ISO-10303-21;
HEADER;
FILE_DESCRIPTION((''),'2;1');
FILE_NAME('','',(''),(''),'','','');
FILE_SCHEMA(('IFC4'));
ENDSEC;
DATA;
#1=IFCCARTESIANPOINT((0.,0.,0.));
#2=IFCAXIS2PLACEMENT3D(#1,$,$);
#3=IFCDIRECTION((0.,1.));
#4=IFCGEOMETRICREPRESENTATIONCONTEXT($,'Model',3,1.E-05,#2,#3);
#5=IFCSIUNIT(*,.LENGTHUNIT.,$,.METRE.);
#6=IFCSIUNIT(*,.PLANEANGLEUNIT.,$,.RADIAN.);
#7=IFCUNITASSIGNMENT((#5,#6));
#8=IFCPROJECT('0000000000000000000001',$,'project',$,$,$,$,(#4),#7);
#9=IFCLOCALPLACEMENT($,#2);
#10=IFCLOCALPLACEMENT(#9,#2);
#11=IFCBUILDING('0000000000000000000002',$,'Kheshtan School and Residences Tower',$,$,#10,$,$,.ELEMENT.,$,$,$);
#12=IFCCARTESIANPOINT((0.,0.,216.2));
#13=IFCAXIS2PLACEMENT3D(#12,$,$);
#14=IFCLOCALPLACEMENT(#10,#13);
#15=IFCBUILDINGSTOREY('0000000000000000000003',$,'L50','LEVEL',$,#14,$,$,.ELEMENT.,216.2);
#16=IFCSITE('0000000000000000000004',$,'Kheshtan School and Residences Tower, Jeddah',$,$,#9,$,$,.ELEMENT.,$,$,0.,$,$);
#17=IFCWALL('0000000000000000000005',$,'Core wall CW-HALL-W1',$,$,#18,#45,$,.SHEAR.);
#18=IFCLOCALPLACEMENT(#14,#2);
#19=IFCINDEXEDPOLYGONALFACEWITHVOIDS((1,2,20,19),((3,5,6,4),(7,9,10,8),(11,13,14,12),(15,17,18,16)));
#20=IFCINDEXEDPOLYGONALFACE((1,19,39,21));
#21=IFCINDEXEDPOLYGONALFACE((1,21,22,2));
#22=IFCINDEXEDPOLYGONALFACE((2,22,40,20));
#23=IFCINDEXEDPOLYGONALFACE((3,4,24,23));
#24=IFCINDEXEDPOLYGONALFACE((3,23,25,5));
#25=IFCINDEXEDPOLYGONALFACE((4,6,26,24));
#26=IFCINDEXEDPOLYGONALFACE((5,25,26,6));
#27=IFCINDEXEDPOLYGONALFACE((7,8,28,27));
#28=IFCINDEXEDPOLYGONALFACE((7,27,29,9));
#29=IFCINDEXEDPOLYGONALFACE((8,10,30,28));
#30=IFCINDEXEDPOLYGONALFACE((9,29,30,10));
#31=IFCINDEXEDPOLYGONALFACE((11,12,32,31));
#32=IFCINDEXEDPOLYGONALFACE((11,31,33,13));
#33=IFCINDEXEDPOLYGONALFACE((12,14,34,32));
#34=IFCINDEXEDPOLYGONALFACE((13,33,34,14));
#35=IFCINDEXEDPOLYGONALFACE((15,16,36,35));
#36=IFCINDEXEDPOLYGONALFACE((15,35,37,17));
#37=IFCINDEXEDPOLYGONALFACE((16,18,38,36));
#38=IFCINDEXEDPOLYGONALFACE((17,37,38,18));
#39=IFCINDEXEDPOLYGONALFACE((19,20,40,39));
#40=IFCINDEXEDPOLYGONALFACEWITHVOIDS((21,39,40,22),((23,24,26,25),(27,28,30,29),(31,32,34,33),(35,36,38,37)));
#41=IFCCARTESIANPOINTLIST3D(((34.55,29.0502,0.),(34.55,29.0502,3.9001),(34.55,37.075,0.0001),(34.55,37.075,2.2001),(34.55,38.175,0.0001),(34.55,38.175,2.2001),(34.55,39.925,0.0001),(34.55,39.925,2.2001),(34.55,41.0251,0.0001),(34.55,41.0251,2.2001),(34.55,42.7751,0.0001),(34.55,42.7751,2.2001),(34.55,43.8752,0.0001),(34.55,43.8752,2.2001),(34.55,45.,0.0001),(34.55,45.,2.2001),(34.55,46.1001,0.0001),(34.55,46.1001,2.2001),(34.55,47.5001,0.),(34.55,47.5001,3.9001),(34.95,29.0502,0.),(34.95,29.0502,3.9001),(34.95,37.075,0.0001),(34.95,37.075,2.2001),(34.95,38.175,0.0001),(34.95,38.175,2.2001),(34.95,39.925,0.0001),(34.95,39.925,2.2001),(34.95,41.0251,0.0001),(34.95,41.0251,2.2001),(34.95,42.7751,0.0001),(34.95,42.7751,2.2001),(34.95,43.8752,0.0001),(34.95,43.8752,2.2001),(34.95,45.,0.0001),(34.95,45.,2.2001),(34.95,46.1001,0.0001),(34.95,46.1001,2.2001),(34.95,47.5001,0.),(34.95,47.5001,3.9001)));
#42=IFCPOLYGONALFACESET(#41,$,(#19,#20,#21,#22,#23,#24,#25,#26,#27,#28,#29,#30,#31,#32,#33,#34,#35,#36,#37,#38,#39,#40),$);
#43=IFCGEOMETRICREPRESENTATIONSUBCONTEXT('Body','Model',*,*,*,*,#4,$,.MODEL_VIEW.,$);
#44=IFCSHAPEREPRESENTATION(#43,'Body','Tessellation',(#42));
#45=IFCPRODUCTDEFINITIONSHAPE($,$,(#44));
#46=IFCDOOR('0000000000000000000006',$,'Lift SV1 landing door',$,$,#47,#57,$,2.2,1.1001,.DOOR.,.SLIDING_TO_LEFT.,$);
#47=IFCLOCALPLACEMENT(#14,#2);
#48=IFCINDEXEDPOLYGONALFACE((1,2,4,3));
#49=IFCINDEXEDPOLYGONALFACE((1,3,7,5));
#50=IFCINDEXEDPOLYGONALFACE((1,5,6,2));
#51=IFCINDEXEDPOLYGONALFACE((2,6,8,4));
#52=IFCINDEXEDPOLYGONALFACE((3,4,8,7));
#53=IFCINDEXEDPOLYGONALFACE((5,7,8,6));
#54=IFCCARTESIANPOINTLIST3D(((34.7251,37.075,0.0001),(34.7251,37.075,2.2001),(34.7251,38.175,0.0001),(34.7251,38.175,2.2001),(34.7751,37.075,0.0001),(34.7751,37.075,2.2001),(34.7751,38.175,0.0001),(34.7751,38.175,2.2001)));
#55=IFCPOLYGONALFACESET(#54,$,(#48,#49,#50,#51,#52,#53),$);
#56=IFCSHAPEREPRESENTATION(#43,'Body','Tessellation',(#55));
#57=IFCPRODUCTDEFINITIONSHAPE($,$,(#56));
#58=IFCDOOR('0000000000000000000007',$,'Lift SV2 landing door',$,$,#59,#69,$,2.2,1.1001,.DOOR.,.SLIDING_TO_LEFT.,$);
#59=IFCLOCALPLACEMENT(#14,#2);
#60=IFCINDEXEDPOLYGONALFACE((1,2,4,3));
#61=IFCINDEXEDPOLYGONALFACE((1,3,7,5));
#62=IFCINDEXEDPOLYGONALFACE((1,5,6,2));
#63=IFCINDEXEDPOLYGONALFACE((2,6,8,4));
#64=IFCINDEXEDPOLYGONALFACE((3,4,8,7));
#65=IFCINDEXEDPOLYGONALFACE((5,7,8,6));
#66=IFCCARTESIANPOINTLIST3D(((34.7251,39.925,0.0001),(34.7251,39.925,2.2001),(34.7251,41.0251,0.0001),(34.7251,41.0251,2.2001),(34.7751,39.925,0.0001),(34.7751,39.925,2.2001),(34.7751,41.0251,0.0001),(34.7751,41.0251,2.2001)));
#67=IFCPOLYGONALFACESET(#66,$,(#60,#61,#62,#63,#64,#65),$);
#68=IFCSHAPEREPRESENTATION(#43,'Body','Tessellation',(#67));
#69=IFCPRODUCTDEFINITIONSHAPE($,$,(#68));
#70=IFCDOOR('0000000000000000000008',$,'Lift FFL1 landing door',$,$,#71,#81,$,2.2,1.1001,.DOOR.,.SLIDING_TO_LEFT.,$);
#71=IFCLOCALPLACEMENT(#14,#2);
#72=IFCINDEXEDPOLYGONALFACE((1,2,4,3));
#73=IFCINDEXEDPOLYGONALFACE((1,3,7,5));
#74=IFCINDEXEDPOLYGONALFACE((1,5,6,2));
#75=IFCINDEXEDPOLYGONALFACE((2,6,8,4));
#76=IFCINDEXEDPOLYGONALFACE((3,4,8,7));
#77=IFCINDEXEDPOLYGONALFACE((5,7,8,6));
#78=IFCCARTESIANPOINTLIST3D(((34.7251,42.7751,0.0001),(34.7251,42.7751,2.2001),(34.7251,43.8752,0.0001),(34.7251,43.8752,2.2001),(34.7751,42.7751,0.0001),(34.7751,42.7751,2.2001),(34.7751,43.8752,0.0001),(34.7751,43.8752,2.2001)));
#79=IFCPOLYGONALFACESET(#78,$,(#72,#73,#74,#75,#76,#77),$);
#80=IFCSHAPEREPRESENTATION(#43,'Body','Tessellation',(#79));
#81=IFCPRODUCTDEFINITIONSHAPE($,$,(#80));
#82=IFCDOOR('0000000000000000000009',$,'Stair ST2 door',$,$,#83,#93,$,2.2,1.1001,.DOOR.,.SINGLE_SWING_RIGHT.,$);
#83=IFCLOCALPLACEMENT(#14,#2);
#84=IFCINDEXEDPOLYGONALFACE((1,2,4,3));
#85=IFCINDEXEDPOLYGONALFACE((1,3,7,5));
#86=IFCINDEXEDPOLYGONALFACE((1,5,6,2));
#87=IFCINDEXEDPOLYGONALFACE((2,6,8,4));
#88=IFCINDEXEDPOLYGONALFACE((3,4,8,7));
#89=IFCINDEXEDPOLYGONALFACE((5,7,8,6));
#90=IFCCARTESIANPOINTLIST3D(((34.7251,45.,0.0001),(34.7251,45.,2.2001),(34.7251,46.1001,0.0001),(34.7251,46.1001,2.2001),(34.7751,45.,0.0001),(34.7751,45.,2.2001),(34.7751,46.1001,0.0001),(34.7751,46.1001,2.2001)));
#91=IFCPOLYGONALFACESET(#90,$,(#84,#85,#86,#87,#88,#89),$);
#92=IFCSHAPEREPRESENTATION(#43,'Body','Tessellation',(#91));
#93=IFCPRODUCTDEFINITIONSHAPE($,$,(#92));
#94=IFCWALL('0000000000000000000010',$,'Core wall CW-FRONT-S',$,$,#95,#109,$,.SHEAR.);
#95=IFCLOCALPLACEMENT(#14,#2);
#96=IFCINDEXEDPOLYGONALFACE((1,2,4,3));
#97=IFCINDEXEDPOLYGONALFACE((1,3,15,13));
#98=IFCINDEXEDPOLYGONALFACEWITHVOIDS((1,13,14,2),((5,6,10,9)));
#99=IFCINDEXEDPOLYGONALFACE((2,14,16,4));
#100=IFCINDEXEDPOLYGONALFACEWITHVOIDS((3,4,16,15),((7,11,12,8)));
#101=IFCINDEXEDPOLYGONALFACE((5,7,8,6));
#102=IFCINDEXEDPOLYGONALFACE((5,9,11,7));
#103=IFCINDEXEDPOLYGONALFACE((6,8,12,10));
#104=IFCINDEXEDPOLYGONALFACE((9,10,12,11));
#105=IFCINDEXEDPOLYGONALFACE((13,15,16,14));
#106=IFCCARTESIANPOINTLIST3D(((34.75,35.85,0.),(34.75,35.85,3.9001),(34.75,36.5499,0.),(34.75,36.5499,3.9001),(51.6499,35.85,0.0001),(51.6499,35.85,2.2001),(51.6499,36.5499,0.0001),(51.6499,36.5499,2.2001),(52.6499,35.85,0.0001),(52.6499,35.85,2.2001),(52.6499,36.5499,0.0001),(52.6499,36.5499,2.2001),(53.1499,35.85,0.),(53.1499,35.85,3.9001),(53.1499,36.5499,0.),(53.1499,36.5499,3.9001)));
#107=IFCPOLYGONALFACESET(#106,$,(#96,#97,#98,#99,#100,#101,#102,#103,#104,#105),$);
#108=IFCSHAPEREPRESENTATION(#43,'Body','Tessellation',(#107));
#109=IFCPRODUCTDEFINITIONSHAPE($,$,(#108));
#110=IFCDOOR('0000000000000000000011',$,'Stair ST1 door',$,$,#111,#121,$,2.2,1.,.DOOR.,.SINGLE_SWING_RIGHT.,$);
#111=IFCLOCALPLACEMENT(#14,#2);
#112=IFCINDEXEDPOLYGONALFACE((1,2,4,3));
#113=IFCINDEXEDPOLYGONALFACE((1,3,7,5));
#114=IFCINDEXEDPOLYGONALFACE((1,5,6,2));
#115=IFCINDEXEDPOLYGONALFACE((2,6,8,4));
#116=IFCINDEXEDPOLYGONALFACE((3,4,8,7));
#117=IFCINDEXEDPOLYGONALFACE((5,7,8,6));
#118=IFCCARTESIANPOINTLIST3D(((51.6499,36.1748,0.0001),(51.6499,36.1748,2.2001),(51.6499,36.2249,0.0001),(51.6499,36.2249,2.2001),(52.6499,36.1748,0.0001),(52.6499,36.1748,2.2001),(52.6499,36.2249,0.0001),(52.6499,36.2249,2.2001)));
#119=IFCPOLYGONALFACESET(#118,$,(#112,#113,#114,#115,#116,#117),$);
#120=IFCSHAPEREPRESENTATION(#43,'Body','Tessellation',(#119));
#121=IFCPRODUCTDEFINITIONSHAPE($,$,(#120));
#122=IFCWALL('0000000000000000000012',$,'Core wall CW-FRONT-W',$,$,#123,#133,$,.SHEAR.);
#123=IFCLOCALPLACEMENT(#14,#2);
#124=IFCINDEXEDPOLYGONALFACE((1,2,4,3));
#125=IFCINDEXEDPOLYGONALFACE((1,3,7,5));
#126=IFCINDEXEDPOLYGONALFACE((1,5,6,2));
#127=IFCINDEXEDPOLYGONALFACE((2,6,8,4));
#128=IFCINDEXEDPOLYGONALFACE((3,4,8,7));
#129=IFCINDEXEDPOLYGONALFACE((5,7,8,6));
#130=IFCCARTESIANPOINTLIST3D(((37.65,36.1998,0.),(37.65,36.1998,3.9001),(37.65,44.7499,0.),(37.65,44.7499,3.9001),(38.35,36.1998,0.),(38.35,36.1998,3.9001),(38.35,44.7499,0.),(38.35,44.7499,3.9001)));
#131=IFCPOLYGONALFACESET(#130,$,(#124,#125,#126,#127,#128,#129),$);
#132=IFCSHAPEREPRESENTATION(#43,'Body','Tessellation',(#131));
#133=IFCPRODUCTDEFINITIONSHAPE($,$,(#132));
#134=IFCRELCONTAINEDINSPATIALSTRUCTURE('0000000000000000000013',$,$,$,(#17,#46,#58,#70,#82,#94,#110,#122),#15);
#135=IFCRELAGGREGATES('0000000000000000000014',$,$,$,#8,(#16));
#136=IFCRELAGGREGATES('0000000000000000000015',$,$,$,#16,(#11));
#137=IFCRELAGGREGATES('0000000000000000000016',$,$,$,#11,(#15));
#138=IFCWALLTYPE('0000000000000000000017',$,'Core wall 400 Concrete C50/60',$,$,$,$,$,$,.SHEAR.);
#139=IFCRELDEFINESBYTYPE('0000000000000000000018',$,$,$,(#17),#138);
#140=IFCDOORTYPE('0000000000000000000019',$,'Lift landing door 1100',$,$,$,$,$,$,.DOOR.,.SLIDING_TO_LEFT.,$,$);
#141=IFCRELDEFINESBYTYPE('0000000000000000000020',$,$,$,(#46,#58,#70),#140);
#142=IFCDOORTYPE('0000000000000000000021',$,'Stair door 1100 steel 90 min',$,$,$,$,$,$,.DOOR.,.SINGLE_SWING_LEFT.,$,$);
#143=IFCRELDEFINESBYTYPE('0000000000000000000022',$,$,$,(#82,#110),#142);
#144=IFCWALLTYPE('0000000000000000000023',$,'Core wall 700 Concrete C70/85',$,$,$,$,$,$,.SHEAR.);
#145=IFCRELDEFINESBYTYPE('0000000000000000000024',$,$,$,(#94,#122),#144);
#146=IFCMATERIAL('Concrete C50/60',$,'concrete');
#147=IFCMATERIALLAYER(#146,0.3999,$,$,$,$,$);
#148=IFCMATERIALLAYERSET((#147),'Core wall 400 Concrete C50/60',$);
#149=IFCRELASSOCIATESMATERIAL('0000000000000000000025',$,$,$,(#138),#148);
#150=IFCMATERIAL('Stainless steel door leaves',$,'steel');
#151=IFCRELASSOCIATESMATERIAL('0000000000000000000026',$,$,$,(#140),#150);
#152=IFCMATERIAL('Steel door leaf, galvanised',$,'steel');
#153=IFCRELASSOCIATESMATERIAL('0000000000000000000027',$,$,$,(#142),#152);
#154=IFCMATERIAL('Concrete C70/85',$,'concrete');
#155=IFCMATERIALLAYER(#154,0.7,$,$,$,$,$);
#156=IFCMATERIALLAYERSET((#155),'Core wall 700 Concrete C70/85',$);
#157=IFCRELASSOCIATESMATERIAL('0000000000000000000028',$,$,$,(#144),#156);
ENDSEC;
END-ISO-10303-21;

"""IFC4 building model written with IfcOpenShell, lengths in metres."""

from ifc_helpers import new_model, si_unit, direction, frame, frame_2d, origin, place, context, subcontext, project, spatial, rectangle, extrude, source, transform, mapped, material, layer, layer_set, type_object, element, fill, save


model = new_model("IFC4")

# Units and contexts
model_context = context("Model", 3, precision=1e-05, world=origin(), true_north=direction((0.0, 1.0)))
body_context = subcontext(model_context, "Body", "Model", "MODEL_VIEW")
ifc_project = project(units=[si_unit("LENGTHUNIT", "METRE"), si_unit("PLANEANGLEUNIT", "RADIAN")], contexts=[model_context])

# Site, building, storey
site_placement = place(None, origin())
site = spatial("IfcSite", under=ifc_project, at=site_placement, Name="Kheshtan School and Residences Tower, Jeddah", CompositionType="ELEMENT", RefElevation=0.0)
building_placement = place(site_placement, origin())
building = spatial("IfcBuilding", under=site, at=building_placement, Name="Kheshtan School and Residences Tower", CompositionType="ELEMENT")
storey_placement = place(building_placement, frame((0.0, 0.0, 216.2)))
storey = spatial("IfcBuildingStorey", under=building, at=storey_placement, Name="L50", Description="LEVEL", CompositionType="ELEMENT", Elevation=216.2)

# Shared definitions
ifc_material_1 = material(Name="Concrete C50/60", Category="concrete")
ifc_layer_1 = layer(ifc_material_1, 0.3999)
ifc_layer_set_1 = layer_set([ifc_layer_1], Name="Core wall 400 Concrete C50/60")
wall_type_1 = type_object("IfcWallType", Name="Core wall 400 Concrete C50/60", PredefinedType="SHEAR", material=ifc_layer_set_1)
ifc_material_2 = material(Name="Stainless steel door leaves", Category="steel")
door_type_1 = type_object("IfcDoorType", Name="Lift landing door 1100", OperationType="SLIDING_TO_LEFT", PredefinedType="DOOR", material=ifc_material_2)
shared_shape_1 = source(origin(), body_context, "Body", "SweptSolid", [
    extrude(rectangle(XDim=1.1001, YDim=2.2, at=frame_2d((0.55, 1.1001))), frame((0.0, 0.0249, 0.0), z_axis=(0.0, -1.0, 0.0), x_axis=(1.0, 0.0, 0.0)), (0.0, 0.0, 1.0), 0.05),
])

# Wall, openings, doors
wall_1_placement = place(storey_placement, frame((34.75, 29.05, 0.0), z_axis=(0.0, 0.0, 1.0), x_axis=(0.0, 1.0, 0.0)))
wall_1 = element("IfcWall", 1, at=wall_1_placement, inside=storey, type_object=wall_type_1, Name="Core wall CW-HALL-W1", PredefinedType="SHEAR", context=body_context, shape_type="SweptSolid", body=[
    extrude(rectangle(XDim=18.45, YDim=0.3999, at=frame_2d((9.2251, 0.0))), origin(), (0.0, 0.0, 1.0), 3.9001),
])
opening_1_placement = place(wall_1_placement, frame((8.0249, 0.0, 0.0)))
opening_1 = element("IfcOpeningElement", 2, at=opening_1_placement, cuts=wall_1, PredefinedType="OPENING", context=body_context, shape_type="SweptSolid", body=[
    extrude(rectangle(XDim=1.1001, YDim=2.2, at=frame_2d((0.55, 1.1001))), frame((0.0, 0.21, 0.0), z_axis=(0.0, -1.0, 0.0), x_axis=(1.0, 0.0, 0.0)), (0.0, 0.0, 1.0), 0.4199),
])
opening_2_placement = place(wall_1_placement, frame((10.875, 0.0, 0.0)))
opening_2 = element("IfcOpeningElement", 3, at=opening_2_placement, cuts=wall_1, PredefinedType="OPENING", context=body_context, shape_type="SweptSolid", body=[
    extrude(rectangle(XDim=1.1001, YDim=2.2, at=frame_2d((0.55, 1.1001))), frame((0.0, 0.21, 0.0), z_axis=(0.0, -1.0, 0.0), x_axis=(1.0, 0.0, 0.0)), (0.0, 0.0, 1.0), 0.4199),
])
opening_3_placement = place(wall_1_placement, frame((13.7251, 0.0, 0.0)))
opening_3 = element("IfcOpeningElement", 4, at=opening_3_placement, cuts=wall_1, PredefinedType="OPENING", context=body_context, shape_type="SweptSolid", body=[
    extrude(rectangle(XDim=1.1001, YDim=2.2, at=frame_2d((0.55, 1.1001))), frame((0.0, 0.21, 0.0), z_axis=(0.0, -1.0, 0.0), x_axis=(1.0, 0.0, 0.0)), (0.0, 0.0, 1.0), 0.4199),
])
opening_4_placement = place(wall_1_placement, frame((15.95, 0.0, 0.0)))
opening_4 = element("IfcOpeningElement", 5, at=opening_4_placement, cuts=wall_1, PredefinedType="OPENING", context=body_context, shape_type="SweptSolid", body=[
    extrude(rectangle(XDim=1.1001, YDim=2.2, at=frame_2d((0.55, 1.1001))), frame((0.0, 0.21, 0.0), z_axis=(0.0, -1.0, 0.0), x_axis=(1.0, 0.0, 0.0)), (0.0, 0.0, 1.0), 0.4199),
])
door_1_placement = place(opening_1_placement, origin())
door_1 = element("IfcDoor", 6, at=door_1_placement, inside=storey, type_object=door_type_1, Name="Lift SV1 landing door", OperationType="SLIDING_TO_LEFT", OverallHeight=2.2, OverallWidth=1.1001, PredefinedType="DOOR", context=body_context, shape_type="MappedRepresentation", body=[
    mapped(shared_shape_1, transform((0.0, 0.0, 0.0), x_axis=(1.0, 0.0, 0.0), y_axis=(0.0, 1.0, 0.0), z_axis=(0.0, 0.0, 1.0), scale=1.0)),
])
fill(opening_1, door_1)
door_2_placement = place(opening_2_placement, origin())
door_2 = element("IfcDoor", 7, at=door_2_placement, inside=storey, type_object=door_type_1, Name="Lift SV2 landing door", OperationType="SLIDING_TO_LEFT", OverallHeight=2.2, OverallWidth=1.1001, PredefinedType="DOOR", context=body_context, shape_type="MappedRepresentation", body=[
    mapped(shared_shape_1, transform((0.0, 0.0, 0.0), x_axis=(1.0, 0.0, 0.0), y_axis=(0.0, 1.0, 0.0), z_axis=(0.0, 0.0, 1.0), scale=1.0)),
])
fill(opening_2, door_2)
door_3_placement = place(opening_3_placement, origin())
door_3 = element("IfcDoor", 8, at=door_3_placement, inside=storey, type_object=door_type_1, Name="Lift FFL1 landing door", OperationType="SLIDING_TO_LEFT", OverallHeight=2.2, OverallWidth=1.1001, PredefinedType="DOOR", context=body_context, shape_type="MappedRepresentation", body=[
    mapped(shared_shape_1, transform((0.0, 0.0, 0.0), x_axis=(1.0, 0.0, 0.0), y_axis=(0.0, 1.0, 0.0), z_axis=(0.0, 0.0, 1.0), scale=1.0)),
])
fill(opening_3, door_3)
ifc_material_3 = material(Name="Steel door leaf, galvanised", Category="steel")
door_type_2 = type_object("IfcDoorType", Name="Stair door 1100 steel 90 min", OperationType="SINGLE_SWING_LEFT", PredefinedType="DOOR", material=ifc_material_3)
shared_shape_2 = source(origin(), body_context, "Body", "SweptSolid", [
    extrude(rectangle(XDim=1.1001, YDim=2.2, at=frame_2d((0.55, 1.1001))), frame((0.0, 0.0249, 0.0), z_axis=(0.0, -1.0, 0.0), x_axis=(1.0, 0.0, 0.0)), (0.0, 0.0, 1.0), 0.05),
])
door_4_placement = place(opening_4_placement, origin())
door_4 = element("IfcDoor", 9, at=door_4_placement, inside=storey, type_object=door_type_2, Name="Stair ST2 door", OperationType="SINGLE_SWING_RIGHT", OverallHeight=2.2, OverallWidth=1.1001, PredefinedType="DOOR", context=body_context, shape_type="MappedRepresentation", body=[
    mapped(shared_shape_2, transform((0.0, 0.0, 0.0), x_axis=(1.0, 0.0, 0.0), y_axis=(0.0, 1.0, 0.0), z_axis=(0.0, 0.0, 1.0), scale=1.0)),
])
fill(opening_4, door_4)

# Wall, opening, door
ifc_material_4 = material(Name="Concrete C70/85", Category="concrete")
ifc_layer_2 = layer(ifc_material_4, 0.7)
ifc_layer_set_2 = layer_set([ifc_layer_2], Name="Core wall 700 Concrete C70/85")
wall_type_2 = type_object("IfcWallType", Name="Core wall 700 Concrete C70/85", PredefinedType="SHEAR", material=ifc_layer_set_2)
wall_2_placement = place(storey_placement, frame((34.75, 36.2, 0.0), z_axis=(0.0, 0.0, 1.0), x_axis=(1.0, 0.0, 0.0)))
wall_2 = element("IfcWall", 10, at=wall_2_placement, inside=storey, type_object=wall_type_2, Name="Core wall CW-FRONT-S", PredefinedType="SHEAR", context=body_context, shape_type="SweptSolid", body=[
    extrude(rectangle(XDim=18.3999, YDim=0.7, at=frame_2d((9.2, 0.0))), origin(), (0.0, 0.0, 1.0), 3.9001),
])
opening_5_placement = place(wall_2_placement, frame((16.8999, 0.0, 0.0)))
opening_5 = element("IfcOpeningElement", 11, at=opening_5_placement, cuts=wall_2, PredefinedType="OPENING", context=body_context, shape_type="SweptSolid", body=[
    extrude(rectangle(XDim=1.0, YDim=2.2, at=frame_2d((0.5, 1.1001))), frame((0.0, 0.3599, 0.0), z_axis=(0.0, -1.0, 0.0), x_axis=(1.0, 0.0, 0.0)), (0.0, 0.0, 1.0), 0.72),
])
shared_shape_3 = source(origin(), body_context, "Body", "SweptSolid", [
    extrude(rectangle(XDim=1.0, YDim=2.2, at=frame_2d((0.5, 1.1001))), frame((0.0, 0.0249, 0.0), z_axis=(0.0, -1.0, 0.0), x_axis=(1.0, 0.0, 0.0)), (0.0, 0.0, 1.0), 0.05),
])
door_5_placement = place(opening_5_placement, origin())
door_5 = element("IfcDoor", 12, at=door_5_placement, inside=storey, type_object=door_type_2, Name="Stair ST1 door", OperationType="SINGLE_SWING_RIGHT", OverallHeight=2.2, OverallWidth=1.0, PredefinedType="DOOR", context=body_context, shape_type="MappedRepresentation", body=[
    mapped(shared_shape_3, transform((0.0, 0.0, 0.0), x_axis=(1.0, 0.0, 0.0), y_axis=(0.0, 1.0, 0.0), z_axis=(0.0, 0.0, 1.0), scale=1.0)),
])
fill(opening_5, door_5)

# Wall
wall_3_placement = place(storey_placement, frame((38.0, 36.2, 0.0), z_axis=(0.0, 0.0, 1.0), x_axis=(0.0, 1.0, 0.0)))
element("IfcWall", 13, at=wall_3_placement, inside=storey, type_object=wall_type_2, Name="Core wall CW-FRONT-W", PredefinedType="SHEAR", context=body_context, shape_type="SweptSolid", body=[
    extrude(rectangle(XDim=8.55, YDim=0.7, at=frame_2d((4.2749, 0.0))), origin(), (0.0, 0.0, 1.0), 3.9001),
])

save(model, "model.ifc")
